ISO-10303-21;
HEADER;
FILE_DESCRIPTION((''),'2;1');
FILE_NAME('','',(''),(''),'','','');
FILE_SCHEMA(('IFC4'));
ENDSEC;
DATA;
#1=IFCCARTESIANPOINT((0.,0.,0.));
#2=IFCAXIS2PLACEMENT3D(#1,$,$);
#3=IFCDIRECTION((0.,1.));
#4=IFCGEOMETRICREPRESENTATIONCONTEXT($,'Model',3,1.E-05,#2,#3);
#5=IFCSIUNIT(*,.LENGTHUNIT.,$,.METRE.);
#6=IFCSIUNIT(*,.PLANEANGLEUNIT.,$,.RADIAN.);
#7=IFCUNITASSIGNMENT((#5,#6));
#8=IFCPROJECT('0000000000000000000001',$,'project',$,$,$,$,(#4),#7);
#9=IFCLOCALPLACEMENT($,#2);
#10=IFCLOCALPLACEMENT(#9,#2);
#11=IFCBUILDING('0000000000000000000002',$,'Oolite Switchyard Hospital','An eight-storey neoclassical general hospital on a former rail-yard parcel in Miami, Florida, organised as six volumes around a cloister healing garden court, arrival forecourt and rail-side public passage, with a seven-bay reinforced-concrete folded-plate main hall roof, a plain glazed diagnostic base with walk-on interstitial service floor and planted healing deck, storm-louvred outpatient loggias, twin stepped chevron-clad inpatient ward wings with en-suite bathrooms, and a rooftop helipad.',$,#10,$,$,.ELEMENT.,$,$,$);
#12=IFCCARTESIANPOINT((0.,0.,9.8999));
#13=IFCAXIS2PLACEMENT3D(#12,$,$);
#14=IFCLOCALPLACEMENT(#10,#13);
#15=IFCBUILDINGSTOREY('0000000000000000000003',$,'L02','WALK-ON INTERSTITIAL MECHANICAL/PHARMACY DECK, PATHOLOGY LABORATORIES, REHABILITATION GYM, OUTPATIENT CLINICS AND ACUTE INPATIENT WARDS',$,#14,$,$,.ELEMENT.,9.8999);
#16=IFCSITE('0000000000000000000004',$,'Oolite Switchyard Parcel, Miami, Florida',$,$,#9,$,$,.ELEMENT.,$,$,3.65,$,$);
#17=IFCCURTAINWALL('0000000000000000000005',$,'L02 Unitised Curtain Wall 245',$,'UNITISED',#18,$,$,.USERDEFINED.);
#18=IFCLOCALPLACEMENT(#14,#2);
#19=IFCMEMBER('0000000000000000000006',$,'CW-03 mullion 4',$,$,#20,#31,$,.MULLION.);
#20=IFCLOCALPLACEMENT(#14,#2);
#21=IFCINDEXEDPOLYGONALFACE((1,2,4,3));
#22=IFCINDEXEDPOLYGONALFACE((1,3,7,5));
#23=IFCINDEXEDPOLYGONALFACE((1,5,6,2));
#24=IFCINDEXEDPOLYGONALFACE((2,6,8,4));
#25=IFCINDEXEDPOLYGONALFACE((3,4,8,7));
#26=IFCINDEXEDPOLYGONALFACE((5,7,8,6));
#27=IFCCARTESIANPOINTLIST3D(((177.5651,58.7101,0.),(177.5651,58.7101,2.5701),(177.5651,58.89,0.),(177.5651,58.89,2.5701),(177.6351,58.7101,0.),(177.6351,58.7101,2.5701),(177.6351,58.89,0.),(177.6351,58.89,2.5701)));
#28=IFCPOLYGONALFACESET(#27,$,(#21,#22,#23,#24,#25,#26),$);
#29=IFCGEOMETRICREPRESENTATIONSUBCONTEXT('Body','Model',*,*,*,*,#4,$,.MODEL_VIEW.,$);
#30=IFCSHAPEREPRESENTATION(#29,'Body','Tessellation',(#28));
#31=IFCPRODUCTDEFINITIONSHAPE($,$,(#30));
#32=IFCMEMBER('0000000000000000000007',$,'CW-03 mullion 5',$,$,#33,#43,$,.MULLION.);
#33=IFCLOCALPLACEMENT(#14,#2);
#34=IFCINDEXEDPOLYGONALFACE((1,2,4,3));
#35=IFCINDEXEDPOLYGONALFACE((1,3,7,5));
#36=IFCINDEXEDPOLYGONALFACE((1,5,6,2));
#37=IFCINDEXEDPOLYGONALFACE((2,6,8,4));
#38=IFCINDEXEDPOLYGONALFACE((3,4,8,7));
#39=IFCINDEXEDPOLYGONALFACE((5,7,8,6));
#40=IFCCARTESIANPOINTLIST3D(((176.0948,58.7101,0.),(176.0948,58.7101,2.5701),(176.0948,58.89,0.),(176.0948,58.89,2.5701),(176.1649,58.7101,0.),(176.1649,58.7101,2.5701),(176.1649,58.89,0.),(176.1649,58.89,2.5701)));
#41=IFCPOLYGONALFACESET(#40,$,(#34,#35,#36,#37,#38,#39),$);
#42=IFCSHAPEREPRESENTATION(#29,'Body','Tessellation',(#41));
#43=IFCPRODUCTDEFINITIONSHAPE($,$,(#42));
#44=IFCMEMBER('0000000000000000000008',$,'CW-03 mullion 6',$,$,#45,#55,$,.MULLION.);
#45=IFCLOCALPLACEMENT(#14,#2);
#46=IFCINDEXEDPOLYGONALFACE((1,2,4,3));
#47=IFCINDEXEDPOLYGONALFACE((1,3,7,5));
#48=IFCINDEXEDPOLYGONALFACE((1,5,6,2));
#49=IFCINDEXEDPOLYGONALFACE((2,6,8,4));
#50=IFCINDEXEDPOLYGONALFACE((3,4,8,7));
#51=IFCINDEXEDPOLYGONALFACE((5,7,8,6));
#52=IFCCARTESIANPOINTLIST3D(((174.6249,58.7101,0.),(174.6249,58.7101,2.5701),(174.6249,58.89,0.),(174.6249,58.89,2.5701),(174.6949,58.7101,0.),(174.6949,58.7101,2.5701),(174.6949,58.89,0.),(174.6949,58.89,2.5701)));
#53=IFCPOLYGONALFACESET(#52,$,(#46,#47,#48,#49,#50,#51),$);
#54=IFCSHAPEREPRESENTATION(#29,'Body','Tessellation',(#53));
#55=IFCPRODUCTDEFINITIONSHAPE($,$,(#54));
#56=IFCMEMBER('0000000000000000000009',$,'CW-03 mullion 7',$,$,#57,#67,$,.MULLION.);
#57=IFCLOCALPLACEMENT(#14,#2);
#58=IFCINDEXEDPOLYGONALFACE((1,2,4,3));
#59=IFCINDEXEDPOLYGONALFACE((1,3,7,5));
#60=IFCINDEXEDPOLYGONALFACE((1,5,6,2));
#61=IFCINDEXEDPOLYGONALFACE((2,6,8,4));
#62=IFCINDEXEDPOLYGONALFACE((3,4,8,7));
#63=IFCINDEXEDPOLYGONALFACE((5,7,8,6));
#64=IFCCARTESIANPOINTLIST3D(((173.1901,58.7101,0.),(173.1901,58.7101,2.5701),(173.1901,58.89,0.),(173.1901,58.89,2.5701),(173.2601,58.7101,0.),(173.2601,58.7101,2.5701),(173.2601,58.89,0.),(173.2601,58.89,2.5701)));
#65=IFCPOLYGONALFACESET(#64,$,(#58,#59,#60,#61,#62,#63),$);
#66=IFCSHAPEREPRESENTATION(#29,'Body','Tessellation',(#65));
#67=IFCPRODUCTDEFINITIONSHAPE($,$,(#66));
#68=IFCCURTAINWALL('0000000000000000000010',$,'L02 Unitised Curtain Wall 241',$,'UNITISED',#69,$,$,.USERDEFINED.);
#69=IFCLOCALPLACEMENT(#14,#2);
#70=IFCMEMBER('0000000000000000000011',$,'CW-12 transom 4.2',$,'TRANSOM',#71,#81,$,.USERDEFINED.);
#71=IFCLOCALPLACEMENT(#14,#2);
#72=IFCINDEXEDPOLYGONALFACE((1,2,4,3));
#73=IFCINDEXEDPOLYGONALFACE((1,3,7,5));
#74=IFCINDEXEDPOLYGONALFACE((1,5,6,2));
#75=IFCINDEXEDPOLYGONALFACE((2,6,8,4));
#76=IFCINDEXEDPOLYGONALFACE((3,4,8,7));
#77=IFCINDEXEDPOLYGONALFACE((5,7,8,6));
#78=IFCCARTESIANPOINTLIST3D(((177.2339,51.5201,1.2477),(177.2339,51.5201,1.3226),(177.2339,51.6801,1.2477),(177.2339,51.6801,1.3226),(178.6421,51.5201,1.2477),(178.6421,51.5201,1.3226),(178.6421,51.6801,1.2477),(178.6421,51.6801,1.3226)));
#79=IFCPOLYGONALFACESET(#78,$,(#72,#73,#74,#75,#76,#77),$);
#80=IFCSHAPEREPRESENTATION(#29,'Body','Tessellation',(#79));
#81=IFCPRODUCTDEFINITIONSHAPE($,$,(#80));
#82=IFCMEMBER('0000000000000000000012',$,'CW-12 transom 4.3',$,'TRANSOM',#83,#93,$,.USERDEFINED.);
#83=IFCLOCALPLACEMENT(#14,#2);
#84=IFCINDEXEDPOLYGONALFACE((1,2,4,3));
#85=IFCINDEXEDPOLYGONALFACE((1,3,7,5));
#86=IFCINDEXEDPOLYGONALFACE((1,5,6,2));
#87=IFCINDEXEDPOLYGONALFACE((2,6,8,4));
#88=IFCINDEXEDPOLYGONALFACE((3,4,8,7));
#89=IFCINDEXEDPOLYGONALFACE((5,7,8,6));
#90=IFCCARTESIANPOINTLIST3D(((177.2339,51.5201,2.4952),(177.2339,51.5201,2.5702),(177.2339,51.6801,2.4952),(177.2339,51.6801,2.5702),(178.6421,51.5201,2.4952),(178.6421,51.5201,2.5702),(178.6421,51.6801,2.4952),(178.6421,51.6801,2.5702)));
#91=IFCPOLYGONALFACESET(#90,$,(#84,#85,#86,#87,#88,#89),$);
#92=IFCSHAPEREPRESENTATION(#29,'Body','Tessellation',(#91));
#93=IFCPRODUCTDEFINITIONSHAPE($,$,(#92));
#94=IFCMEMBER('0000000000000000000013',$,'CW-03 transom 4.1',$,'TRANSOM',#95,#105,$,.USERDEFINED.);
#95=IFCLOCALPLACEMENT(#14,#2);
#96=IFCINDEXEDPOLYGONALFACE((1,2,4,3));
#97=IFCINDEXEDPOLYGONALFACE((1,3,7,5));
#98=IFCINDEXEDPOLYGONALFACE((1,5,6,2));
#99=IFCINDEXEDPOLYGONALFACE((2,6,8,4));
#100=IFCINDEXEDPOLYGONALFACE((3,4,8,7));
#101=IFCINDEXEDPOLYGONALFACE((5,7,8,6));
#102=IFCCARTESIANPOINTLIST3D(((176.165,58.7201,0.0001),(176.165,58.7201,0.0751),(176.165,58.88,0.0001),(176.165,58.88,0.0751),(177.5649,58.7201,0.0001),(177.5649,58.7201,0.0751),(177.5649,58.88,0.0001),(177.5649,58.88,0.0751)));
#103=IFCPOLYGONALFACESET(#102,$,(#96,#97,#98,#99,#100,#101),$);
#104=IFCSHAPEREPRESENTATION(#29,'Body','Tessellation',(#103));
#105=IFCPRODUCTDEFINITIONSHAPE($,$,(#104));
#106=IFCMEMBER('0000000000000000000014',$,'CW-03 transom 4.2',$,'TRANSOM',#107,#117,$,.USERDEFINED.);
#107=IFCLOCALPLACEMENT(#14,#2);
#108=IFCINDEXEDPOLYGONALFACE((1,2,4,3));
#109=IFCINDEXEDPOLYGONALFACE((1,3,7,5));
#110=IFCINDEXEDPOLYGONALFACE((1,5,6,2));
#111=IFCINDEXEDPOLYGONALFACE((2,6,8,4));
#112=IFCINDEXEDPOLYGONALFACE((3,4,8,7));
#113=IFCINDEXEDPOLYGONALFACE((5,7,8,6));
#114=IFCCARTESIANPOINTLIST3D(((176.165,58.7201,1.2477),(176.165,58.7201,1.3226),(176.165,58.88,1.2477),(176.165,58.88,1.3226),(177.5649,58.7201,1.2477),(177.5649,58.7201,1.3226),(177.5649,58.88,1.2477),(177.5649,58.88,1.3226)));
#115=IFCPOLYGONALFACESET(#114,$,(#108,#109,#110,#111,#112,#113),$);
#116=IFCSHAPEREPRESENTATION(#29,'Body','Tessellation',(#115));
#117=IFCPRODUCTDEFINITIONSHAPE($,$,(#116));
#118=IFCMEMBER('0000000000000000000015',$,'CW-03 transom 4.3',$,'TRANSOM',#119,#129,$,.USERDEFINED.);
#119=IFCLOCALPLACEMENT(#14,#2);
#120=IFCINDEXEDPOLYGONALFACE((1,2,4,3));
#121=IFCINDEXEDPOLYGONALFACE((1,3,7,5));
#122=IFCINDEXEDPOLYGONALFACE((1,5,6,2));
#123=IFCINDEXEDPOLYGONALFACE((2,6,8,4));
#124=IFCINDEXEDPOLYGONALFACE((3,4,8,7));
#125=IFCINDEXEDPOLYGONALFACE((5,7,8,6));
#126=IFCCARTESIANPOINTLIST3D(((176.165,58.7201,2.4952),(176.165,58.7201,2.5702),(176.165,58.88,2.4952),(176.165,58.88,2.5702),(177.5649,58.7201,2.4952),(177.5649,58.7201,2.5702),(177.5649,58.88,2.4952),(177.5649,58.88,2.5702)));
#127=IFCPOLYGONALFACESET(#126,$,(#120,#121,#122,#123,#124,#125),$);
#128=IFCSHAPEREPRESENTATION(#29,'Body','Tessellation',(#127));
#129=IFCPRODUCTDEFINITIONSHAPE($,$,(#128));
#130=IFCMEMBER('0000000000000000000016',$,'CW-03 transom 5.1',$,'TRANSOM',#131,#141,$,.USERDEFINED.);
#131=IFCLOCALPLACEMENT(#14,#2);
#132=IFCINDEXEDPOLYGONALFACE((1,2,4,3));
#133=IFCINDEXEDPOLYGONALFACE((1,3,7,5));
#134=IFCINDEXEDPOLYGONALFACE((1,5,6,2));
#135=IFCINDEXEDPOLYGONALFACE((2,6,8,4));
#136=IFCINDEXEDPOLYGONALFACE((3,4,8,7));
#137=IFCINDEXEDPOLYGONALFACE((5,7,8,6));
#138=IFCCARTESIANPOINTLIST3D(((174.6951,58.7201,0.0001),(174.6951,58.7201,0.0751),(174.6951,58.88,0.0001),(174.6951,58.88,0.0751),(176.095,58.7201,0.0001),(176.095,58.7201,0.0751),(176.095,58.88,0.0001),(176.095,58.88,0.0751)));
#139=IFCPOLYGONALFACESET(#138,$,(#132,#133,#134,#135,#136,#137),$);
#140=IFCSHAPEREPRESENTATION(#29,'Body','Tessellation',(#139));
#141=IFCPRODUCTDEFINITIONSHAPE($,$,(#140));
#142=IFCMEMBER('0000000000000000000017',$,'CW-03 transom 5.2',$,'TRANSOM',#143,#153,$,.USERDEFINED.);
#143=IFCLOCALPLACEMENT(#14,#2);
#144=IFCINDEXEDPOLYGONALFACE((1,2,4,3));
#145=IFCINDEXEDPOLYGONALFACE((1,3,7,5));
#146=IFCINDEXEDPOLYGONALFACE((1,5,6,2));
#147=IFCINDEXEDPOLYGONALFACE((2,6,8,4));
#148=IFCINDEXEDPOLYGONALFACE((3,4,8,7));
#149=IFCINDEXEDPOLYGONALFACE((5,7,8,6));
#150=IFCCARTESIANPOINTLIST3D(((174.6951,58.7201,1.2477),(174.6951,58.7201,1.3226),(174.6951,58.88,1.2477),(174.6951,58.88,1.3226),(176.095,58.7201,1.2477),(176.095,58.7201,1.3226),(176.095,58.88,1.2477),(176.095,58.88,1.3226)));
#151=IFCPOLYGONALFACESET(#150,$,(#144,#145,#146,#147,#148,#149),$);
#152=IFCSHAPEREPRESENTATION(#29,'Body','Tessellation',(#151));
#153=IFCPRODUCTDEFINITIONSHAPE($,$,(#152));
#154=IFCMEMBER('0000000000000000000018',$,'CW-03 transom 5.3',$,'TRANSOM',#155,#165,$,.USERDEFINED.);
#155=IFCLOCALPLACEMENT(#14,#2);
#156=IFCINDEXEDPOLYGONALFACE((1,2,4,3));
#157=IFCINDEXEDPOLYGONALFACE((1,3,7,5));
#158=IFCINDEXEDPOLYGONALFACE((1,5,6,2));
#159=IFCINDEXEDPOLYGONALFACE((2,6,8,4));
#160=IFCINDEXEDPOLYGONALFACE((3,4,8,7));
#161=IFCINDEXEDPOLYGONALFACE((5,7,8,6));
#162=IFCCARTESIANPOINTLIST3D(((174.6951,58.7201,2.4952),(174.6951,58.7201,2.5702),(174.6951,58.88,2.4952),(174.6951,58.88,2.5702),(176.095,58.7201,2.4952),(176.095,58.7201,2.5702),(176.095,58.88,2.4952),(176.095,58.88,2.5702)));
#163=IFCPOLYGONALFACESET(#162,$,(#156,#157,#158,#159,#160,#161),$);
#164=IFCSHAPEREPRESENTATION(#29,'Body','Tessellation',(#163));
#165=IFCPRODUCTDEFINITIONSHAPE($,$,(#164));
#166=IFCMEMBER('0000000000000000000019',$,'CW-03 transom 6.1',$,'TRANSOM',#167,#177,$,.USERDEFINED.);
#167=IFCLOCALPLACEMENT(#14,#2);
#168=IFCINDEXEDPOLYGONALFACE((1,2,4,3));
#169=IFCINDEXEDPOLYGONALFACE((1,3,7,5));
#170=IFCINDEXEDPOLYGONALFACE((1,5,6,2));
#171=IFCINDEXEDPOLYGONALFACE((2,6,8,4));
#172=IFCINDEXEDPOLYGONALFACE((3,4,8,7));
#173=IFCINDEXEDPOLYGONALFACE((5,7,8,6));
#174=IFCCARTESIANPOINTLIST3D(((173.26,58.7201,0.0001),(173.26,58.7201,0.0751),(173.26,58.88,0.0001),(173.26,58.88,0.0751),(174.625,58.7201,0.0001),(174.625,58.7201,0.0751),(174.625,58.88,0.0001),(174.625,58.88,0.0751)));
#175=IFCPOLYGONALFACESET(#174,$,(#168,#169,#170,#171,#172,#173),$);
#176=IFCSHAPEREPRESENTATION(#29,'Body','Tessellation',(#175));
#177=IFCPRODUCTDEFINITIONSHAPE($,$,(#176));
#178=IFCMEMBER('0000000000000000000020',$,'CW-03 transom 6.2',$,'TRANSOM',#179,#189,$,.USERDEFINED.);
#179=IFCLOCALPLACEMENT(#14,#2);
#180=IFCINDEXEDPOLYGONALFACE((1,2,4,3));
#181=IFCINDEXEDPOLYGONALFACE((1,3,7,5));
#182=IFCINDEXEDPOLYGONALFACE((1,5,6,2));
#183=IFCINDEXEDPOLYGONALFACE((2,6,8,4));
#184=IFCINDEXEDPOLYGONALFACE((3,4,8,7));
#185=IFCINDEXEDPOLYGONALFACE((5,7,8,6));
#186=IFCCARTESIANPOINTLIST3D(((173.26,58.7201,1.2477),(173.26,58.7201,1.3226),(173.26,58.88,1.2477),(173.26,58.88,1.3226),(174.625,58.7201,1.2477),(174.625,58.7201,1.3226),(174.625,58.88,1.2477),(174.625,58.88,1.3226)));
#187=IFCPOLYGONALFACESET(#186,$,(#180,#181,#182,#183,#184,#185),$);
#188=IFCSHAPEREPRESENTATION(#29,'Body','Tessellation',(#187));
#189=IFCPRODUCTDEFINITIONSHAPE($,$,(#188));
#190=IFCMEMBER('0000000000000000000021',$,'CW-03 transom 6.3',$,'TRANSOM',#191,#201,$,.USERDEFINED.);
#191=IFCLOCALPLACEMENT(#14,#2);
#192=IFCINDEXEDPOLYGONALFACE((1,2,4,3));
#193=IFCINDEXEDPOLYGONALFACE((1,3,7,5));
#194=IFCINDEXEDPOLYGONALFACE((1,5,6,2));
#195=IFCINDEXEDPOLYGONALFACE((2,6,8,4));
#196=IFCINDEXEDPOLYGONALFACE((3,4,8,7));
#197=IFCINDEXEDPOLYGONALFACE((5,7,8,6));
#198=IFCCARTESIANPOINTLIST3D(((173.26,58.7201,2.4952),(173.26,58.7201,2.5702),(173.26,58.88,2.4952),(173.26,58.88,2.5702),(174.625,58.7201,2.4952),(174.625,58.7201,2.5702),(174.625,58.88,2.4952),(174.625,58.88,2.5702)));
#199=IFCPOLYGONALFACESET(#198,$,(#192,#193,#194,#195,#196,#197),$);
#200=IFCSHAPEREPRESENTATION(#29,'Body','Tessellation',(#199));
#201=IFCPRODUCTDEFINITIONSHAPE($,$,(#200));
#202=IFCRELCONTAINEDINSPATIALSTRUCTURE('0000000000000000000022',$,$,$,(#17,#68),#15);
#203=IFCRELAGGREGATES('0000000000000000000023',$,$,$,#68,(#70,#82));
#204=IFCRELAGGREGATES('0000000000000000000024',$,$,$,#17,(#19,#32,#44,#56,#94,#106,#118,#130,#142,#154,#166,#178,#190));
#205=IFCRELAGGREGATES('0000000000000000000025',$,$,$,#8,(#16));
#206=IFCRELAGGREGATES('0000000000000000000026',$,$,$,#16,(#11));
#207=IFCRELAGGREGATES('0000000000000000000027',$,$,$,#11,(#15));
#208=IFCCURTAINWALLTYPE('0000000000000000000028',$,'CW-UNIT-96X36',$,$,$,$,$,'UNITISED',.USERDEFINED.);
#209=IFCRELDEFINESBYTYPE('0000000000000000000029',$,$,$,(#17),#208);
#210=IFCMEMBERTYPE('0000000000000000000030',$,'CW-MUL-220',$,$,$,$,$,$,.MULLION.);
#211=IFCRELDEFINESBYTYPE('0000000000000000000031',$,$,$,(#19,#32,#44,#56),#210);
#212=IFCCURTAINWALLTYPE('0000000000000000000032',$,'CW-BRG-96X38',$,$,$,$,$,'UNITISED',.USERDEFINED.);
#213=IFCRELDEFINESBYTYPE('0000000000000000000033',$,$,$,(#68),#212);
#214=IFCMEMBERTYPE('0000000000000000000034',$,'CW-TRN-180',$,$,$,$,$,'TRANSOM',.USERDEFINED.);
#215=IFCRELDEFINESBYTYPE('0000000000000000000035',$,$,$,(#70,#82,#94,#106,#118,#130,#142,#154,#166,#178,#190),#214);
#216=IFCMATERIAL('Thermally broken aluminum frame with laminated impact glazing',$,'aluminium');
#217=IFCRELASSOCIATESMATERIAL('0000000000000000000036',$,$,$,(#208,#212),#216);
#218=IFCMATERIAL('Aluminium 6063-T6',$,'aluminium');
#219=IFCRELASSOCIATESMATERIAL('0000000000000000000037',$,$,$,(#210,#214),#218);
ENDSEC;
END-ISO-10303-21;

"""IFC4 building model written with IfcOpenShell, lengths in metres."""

from ifc_helpers import new_model, si_unit, direction, frame, origin, origin_2d, place, context, subcontext, project, spatial, rectangle, extrude, material, material_profile, profile_set, type_object, element, aggregate, save


model = new_model("IFC4")

# Units and contexts
model_context = context("Model", 3, precision=1e-05, world=origin(), true_north=direction((0.0, 1.0)))
body_context = subcontext(model_context, "Body", "Model", "MODEL_VIEW")
ifc_project = project(units=[si_unit("LENGTHUNIT", "METRE"), si_unit("PLANEANGLEUNIT", "RADIAN")], contexts=[model_context])

# Site, building, storey
site_placement = place(None, origin())
site = spatial("IfcSite", under=ifc_project, at=site_placement, Name="Oolite Switchyard Parcel, Miami, Florida", CompositionType="ELEMENT", RefElevation=3.65)
building_placement = place(site_placement, origin())
building = spatial("IfcBuilding", under=site, at=building_placement, Name="Oolite Switchyard Hospital", Description="An eight-storey neoclassical general hospital on a former rail-yard parcel in Miami, Florida, organised as six volumes around a cloister healing garden court, arrival forecourt and rail-side public passage, with a seven-bay reinforced-concrete folded-plate main hall roof, a plain glazed diagnostic base with walk-on interstitial service floor and planted healing deck, storm-louvred outpatient loggias, twin stepped chevron-clad inpatient ward wings with en-suite bathrooms, and a rooftop helipad.", CompositionType="ELEMENT")
storey_placement = place(building_placement, frame((0.0, 0.0, 9.8999)))
storey = spatial("IfcBuildingStorey", under=building, at=storey_placement, Name="L02", Description="WALK-ON INTERSTITIAL MECHANICAL/PHARMACY DECK, PATHOLOGY LABORATORIES, REHABILITATION GYM, OUTPATIENT CLINICS AND ACUTE INPATIENT WARDS", CompositionType="ELEMENT", Elevation=9.8999)

# Curtain walls, members
ifc_material_1 = material(Name="Thermally broken aluminum frame with laminated impact glazing", Category="aluminium")
curtain_wall_type_1 = type_object("IfcCurtainWallType", Name="CW-UNIT-96X36", ElementType="UNITISED", PredefinedType="USERDEFINED", material=ifc_material_1)
curtain_wall_1_placement = place(storey_placement, origin())
curtain_wall_1 = element("IfcCurtainWall", 1, at=curtain_wall_1_placement, inside=storey, type_object=curtain_wall_type_1, Name="L02 Unitised Curtain Wall 245", ObjectType="UNITISED", PredefinedType="USERDEFINED")
ifc_material_2 = material(Name="Aluminium 6063-T6", Category="aluminium")
ifc_material_profile_1 = material_profile(ifc_material_2, rectangle(XDim=0.1799, YDim=0.0701, at=origin_2d()), Name="CWM70X180")
ifc_profile_set_1 = profile_set([ifc_material_profile_1], Name="Aluminium 6063-T6")
member_type_1 = type_object("IfcMemberType", Name="CW-MUL-220", PredefinedType="MULLION", material=ifc_profile_set_1)
member_1_placement = place(storey_placement, frame((177.6001, 58.8, 0.0), z_axis=(0.0, 0.0, 1.0), x_axis=(0.0, -1.0, 0.0)))
member_1 = element("IfcMember", 2, at=member_1_placement, type_object=member_type_1, Name="CW-03 mullion 4", PredefinedType="MULLION", context=body_context, shape_type="SweptSolid", body=[
    extrude(rectangle(XDim=0.1799, YDim=0.0701, at=origin_2d()), origin(), (0.0, 0.0, 1.0), 2.5701),
])
member_2_placement = place(storey_placement, frame((176.1299, 58.8, 0.0), z_axis=(0.0, 0.0, 1.0), x_axis=(0.0, -1.0, 0.0)))
member_2 = element("IfcMember", 3, at=member_2_placement, type_object=member_type_1, Name="CW-03 mullion 5", PredefinedType="MULLION", context=body_context, shape_type="SweptSolid", body=[
    extrude(rectangle(XDim=0.1799, YDim=0.0701, at=origin_2d()), origin(), (0.0, 0.0, 1.0), 2.5701),
])
member_3_placement = place(storey_placement, frame((174.6599, 58.8, 0.0), z_axis=(0.0, 0.0, 1.0), x_axis=(0.0, -1.0, 0.0)))
member_3 = element("IfcMember", 4, at=member_3_placement, type_object=member_type_1, Name="CW-03 mullion 6", PredefinedType="MULLION", context=body_context, shape_type="SweptSolid", body=[
    extrude(rectangle(XDim=0.1799, YDim=0.0701, at=origin_2d()), origin(), (0.0, 0.0, 1.0), 2.5701),
])
member_4_placement = place(storey_placement, frame((173.2251, 58.8, 0.0), z_axis=(0.0, 0.0, 1.0), x_axis=(0.0, -1.0, 0.0)))
member_4 = element("IfcMember", 5, at=member_4_placement, type_object=member_type_1, Name="CW-03 mullion 7", PredefinedType="MULLION", context=body_context, shape_type="SweptSolid", body=[
    extrude(rectangle(XDim=0.1799, YDim=0.0701, at=origin_2d()), origin(), (0.0, 0.0, 1.0), 2.5701),
])
curtain_wall_type_2 = type_object("IfcCurtainWallType", Name="CW-BRG-96X38", ElementType="UNITISED", PredefinedType="USERDEFINED", material=ifc_material_1)
curtain_wall_2_placement = place(storey_placement, origin())
curtain_wall_2 = element("IfcCurtainWall", 6, at=curtain_wall_2_placement, inside=storey, type_object=curtain_wall_type_2, Name="L02 Unitised Curtain Wall 241", ObjectType="UNITISED", PredefinedType="USERDEFINED")
ifc_material_profile_2 = material_profile(ifc_material_2, rectangle(XDim=0.1599, YDim=0.075, at=origin_2d()), Name="CWT75X160")
ifc_profile_set_2 = profile_set([ifc_material_profile_2], Name="Aluminium 6063-T6")
member_type_2 = type_object("IfcMemberType", Name="CW-TRN-180", ElementType="TRANSOM", PredefinedType="USERDEFINED", material=ifc_profile_set_2)
member_5_placement = place(storey_placement, frame((177.2339, 51.6001, 1.2852), z_axis=(1.0, 0.0, 0.0), x_axis=(0.0, 1.0, 0.0)))
member_5 = element("IfcMember", 7, at=member_5_placement, type_object=member_type_2, Name="CW-12 transom 4.2", ObjectType="TRANSOM", PredefinedType="USERDEFINED", context=body_context, shape_type="SweptSolid", body=[
    extrude(rectangle(XDim=0.1599, YDim=0.075, at=origin_2d()), origin(), (0.0, 0.0, 1.0), 1.4082),
])
member_6_placement = place(storey_placement, frame((177.2339, 51.6001, 2.5327), z_axis=(1.0, 0.0, 0.0), x_axis=(0.0, 1.0, 0.0)))
member_6 = element("IfcMember", 8, at=member_6_placement, type_object=member_type_2, Name="CW-12 transom 4.3", ObjectType="TRANSOM", PredefinedType="USERDEFINED", context=body_context, shape_type="SweptSolid", body=[
    extrude(rectangle(XDim=0.1599, YDim=0.075, at=origin_2d()), origin(), (0.0, 0.0, 1.0), 1.4082),
])
aggregate(curtain_wall_2, [member_5, member_6])

# Members
member_7_placement = place(storey_placement, frame((177.5649, 58.8, 0.0376), z_axis=(-1.0, 0.0, 0.0), x_axis=(0.0, -1.0, 0.0)))
member_7 = element("IfcMember", 9, at=member_7_placement, type_object=member_type_2, Name="CW-03 transom 4.1", ObjectType="TRANSOM", PredefinedType="USERDEFINED", context=body_context, shape_type="SweptSolid", body=[
    extrude(rectangle(XDim=0.1599, YDim=0.075, at=origin_2d()), origin(), (0.0, 0.0, 1.0), 1.3999),
])
member_8_placement = place(storey_placement, frame((177.5649, 58.8, 1.2852), z_axis=(-1.0, 0.0, 0.0), x_axis=(0.0, -1.0, 0.0)))
member_8 = element("IfcMember", 10, at=member_8_placement, type_object=member_type_2, Name="CW-03 transom 4.2", ObjectType="TRANSOM", PredefinedType="USERDEFINED", context=body_context, shape_type="SweptSolid", body=[
    extrude(rectangle(XDim=0.1599, YDim=0.075, at=origin_2d()), origin(), (0.0, 0.0, 1.0), 1.3999),
])
member_9_placement = place(storey_placement, frame((177.5649, 58.8, 2.5327), z_axis=(-1.0, 0.0, 0.0), x_axis=(0.0, -1.0, 0.0)))
member_9 = element("IfcMember", 11, at=member_9_placement, type_object=member_type_2, Name="CW-03 transom 4.3", ObjectType="TRANSOM", PredefinedType="USERDEFINED", context=body_context, shape_type="SweptSolid", body=[
    extrude(rectangle(XDim=0.1599, YDim=0.075, at=origin_2d()), origin(), (0.0, 0.0, 1.0), 1.3999),
])
member_10_placement = place(storey_placement, frame((176.095, 58.8, 0.0376), z_axis=(-1.0, 0.0, 0.0), x_axis=(0.0, -1.0, 0.0)))
member_10 = element("IfcMember", 12, at=member_10_placement, type_object=member_type_2, Name="CW-03 transom 5.1", ObjectType="TRANSOM", PredefinedType="USERDEFINED", context=body_context, shape_type="SweptSolid", body=[
    extrude(rectangle(XDim=0.1599, YDim=0.075, at=origin_2d()), origin(), (0.0, 0.0, 1.0), 1.3999),
])
member_11_placement = place(storey_placement, frame((176.095, 58.8, 1.2852), z_axis=(-1.0, 0.0, 0.0), x_axis=(0.0, -1.0, 0.0)))
member_11 = element("IfcMember", 13, at=member_11_placement, type_object=member_type_2, Name="CW-03 transom 5.2", ObjectType="TRANSOM", PredefinedType="USERDEFINED", context=body_context, shape_type="SweptSolid", body=[
    extrude(rectangle(XDim=0.1599, YDim=0.075, at=origin_2d()), origin(), (0.0, 0.0, 1.0), 1.3999),
])
member_12_placement = place(storey_placement, frame((176.095, 58.8, 2.5327), z_axis=(-1.0, 0.0, 0.0), x_axis=(0.0, -1.0, 0.0)))
member_12 = element("IfcMember", 14, at=member_12_placement, type_object=member_type_2, Name="CW-03 transom 5.3", ObjectType="TRANSOM", PredefinedType="USERDEFINED", context=body_context, shape_type="SweptSolid", body=[
    extrude(rectangle(XDim=0.1599, YDim=0.075, at=origin_2d()), origin(), (0.0, 0.0, 1.0), 1.3999),
])
member_13_placement = place(storey_placement, frame((174.625, 58.8, 0.0376), z_axis=(-1.0, 0.0, 0.0), x_axis=(0.0, -1.0, 0.0)))
member_13 = element("IfcMember", 15, at=member_13_placement, type_object=member_type_2, Name="CW-03 transom 6.1", ObjectType="TRANSOM", PredefinedType="USERDEFINED", context=body_context, shape_type="SweptSolid", body=[
    extrude(rectangle(XDim=0.1599, YDim=0.075, at=origin_2d()), origin(), (0.0, 0.0, 1.0), 1.365),
])
member_14_placement = place(storey_placement, frame((174.625, 58.8, 1.2852), z_axis=(-1.0, 0.0, 0.0), x_axis=(0.0, -1.0, 0.0)))
member_14 = element("IfcMember", 16, at=member_14_placement, type_object=member_type_2, Name="CW-03 transom 6.2", ObjectType="TRANSOM", PredefinedType="USERDEFINED", context=body_context, shape_type="SweptSolid", body=[
    extrude(rectangle(XDim=0.1599, YDim=0.075, at=origin_2d()), origin(), (0.0, 0.0, 1.0), 1.365),
])
member_15_placement = place(storey_placement, frame((174.625, 58.8, 2.5327), z_axis=(-1.0, 0.0, 0.0), x_axis=(0.0, -1.0, 0.0)))
member_15 = element("IfcMember", 17, at=member_15_placement, type_object=member_type_2, Name="CW-03 transom 6.3", ObjectType="TRANSOM", PredefinedType="USERDEFINED", context=body_context, shape_type="SweptSolid", body=[
    extrude(rectangle(XDim=0.1599, YDim=0.075, at=origin_2d()), origin(), (0.0, 0.0, 1.0), 1.365),
])

aggregate(curtain_wall_1, [member_1, member_2, member_3, member_4, member_7, member_8, member_9, member_10, member_11, member_12, member_13, member_14, member_15])

save(model, "model.ifc")
